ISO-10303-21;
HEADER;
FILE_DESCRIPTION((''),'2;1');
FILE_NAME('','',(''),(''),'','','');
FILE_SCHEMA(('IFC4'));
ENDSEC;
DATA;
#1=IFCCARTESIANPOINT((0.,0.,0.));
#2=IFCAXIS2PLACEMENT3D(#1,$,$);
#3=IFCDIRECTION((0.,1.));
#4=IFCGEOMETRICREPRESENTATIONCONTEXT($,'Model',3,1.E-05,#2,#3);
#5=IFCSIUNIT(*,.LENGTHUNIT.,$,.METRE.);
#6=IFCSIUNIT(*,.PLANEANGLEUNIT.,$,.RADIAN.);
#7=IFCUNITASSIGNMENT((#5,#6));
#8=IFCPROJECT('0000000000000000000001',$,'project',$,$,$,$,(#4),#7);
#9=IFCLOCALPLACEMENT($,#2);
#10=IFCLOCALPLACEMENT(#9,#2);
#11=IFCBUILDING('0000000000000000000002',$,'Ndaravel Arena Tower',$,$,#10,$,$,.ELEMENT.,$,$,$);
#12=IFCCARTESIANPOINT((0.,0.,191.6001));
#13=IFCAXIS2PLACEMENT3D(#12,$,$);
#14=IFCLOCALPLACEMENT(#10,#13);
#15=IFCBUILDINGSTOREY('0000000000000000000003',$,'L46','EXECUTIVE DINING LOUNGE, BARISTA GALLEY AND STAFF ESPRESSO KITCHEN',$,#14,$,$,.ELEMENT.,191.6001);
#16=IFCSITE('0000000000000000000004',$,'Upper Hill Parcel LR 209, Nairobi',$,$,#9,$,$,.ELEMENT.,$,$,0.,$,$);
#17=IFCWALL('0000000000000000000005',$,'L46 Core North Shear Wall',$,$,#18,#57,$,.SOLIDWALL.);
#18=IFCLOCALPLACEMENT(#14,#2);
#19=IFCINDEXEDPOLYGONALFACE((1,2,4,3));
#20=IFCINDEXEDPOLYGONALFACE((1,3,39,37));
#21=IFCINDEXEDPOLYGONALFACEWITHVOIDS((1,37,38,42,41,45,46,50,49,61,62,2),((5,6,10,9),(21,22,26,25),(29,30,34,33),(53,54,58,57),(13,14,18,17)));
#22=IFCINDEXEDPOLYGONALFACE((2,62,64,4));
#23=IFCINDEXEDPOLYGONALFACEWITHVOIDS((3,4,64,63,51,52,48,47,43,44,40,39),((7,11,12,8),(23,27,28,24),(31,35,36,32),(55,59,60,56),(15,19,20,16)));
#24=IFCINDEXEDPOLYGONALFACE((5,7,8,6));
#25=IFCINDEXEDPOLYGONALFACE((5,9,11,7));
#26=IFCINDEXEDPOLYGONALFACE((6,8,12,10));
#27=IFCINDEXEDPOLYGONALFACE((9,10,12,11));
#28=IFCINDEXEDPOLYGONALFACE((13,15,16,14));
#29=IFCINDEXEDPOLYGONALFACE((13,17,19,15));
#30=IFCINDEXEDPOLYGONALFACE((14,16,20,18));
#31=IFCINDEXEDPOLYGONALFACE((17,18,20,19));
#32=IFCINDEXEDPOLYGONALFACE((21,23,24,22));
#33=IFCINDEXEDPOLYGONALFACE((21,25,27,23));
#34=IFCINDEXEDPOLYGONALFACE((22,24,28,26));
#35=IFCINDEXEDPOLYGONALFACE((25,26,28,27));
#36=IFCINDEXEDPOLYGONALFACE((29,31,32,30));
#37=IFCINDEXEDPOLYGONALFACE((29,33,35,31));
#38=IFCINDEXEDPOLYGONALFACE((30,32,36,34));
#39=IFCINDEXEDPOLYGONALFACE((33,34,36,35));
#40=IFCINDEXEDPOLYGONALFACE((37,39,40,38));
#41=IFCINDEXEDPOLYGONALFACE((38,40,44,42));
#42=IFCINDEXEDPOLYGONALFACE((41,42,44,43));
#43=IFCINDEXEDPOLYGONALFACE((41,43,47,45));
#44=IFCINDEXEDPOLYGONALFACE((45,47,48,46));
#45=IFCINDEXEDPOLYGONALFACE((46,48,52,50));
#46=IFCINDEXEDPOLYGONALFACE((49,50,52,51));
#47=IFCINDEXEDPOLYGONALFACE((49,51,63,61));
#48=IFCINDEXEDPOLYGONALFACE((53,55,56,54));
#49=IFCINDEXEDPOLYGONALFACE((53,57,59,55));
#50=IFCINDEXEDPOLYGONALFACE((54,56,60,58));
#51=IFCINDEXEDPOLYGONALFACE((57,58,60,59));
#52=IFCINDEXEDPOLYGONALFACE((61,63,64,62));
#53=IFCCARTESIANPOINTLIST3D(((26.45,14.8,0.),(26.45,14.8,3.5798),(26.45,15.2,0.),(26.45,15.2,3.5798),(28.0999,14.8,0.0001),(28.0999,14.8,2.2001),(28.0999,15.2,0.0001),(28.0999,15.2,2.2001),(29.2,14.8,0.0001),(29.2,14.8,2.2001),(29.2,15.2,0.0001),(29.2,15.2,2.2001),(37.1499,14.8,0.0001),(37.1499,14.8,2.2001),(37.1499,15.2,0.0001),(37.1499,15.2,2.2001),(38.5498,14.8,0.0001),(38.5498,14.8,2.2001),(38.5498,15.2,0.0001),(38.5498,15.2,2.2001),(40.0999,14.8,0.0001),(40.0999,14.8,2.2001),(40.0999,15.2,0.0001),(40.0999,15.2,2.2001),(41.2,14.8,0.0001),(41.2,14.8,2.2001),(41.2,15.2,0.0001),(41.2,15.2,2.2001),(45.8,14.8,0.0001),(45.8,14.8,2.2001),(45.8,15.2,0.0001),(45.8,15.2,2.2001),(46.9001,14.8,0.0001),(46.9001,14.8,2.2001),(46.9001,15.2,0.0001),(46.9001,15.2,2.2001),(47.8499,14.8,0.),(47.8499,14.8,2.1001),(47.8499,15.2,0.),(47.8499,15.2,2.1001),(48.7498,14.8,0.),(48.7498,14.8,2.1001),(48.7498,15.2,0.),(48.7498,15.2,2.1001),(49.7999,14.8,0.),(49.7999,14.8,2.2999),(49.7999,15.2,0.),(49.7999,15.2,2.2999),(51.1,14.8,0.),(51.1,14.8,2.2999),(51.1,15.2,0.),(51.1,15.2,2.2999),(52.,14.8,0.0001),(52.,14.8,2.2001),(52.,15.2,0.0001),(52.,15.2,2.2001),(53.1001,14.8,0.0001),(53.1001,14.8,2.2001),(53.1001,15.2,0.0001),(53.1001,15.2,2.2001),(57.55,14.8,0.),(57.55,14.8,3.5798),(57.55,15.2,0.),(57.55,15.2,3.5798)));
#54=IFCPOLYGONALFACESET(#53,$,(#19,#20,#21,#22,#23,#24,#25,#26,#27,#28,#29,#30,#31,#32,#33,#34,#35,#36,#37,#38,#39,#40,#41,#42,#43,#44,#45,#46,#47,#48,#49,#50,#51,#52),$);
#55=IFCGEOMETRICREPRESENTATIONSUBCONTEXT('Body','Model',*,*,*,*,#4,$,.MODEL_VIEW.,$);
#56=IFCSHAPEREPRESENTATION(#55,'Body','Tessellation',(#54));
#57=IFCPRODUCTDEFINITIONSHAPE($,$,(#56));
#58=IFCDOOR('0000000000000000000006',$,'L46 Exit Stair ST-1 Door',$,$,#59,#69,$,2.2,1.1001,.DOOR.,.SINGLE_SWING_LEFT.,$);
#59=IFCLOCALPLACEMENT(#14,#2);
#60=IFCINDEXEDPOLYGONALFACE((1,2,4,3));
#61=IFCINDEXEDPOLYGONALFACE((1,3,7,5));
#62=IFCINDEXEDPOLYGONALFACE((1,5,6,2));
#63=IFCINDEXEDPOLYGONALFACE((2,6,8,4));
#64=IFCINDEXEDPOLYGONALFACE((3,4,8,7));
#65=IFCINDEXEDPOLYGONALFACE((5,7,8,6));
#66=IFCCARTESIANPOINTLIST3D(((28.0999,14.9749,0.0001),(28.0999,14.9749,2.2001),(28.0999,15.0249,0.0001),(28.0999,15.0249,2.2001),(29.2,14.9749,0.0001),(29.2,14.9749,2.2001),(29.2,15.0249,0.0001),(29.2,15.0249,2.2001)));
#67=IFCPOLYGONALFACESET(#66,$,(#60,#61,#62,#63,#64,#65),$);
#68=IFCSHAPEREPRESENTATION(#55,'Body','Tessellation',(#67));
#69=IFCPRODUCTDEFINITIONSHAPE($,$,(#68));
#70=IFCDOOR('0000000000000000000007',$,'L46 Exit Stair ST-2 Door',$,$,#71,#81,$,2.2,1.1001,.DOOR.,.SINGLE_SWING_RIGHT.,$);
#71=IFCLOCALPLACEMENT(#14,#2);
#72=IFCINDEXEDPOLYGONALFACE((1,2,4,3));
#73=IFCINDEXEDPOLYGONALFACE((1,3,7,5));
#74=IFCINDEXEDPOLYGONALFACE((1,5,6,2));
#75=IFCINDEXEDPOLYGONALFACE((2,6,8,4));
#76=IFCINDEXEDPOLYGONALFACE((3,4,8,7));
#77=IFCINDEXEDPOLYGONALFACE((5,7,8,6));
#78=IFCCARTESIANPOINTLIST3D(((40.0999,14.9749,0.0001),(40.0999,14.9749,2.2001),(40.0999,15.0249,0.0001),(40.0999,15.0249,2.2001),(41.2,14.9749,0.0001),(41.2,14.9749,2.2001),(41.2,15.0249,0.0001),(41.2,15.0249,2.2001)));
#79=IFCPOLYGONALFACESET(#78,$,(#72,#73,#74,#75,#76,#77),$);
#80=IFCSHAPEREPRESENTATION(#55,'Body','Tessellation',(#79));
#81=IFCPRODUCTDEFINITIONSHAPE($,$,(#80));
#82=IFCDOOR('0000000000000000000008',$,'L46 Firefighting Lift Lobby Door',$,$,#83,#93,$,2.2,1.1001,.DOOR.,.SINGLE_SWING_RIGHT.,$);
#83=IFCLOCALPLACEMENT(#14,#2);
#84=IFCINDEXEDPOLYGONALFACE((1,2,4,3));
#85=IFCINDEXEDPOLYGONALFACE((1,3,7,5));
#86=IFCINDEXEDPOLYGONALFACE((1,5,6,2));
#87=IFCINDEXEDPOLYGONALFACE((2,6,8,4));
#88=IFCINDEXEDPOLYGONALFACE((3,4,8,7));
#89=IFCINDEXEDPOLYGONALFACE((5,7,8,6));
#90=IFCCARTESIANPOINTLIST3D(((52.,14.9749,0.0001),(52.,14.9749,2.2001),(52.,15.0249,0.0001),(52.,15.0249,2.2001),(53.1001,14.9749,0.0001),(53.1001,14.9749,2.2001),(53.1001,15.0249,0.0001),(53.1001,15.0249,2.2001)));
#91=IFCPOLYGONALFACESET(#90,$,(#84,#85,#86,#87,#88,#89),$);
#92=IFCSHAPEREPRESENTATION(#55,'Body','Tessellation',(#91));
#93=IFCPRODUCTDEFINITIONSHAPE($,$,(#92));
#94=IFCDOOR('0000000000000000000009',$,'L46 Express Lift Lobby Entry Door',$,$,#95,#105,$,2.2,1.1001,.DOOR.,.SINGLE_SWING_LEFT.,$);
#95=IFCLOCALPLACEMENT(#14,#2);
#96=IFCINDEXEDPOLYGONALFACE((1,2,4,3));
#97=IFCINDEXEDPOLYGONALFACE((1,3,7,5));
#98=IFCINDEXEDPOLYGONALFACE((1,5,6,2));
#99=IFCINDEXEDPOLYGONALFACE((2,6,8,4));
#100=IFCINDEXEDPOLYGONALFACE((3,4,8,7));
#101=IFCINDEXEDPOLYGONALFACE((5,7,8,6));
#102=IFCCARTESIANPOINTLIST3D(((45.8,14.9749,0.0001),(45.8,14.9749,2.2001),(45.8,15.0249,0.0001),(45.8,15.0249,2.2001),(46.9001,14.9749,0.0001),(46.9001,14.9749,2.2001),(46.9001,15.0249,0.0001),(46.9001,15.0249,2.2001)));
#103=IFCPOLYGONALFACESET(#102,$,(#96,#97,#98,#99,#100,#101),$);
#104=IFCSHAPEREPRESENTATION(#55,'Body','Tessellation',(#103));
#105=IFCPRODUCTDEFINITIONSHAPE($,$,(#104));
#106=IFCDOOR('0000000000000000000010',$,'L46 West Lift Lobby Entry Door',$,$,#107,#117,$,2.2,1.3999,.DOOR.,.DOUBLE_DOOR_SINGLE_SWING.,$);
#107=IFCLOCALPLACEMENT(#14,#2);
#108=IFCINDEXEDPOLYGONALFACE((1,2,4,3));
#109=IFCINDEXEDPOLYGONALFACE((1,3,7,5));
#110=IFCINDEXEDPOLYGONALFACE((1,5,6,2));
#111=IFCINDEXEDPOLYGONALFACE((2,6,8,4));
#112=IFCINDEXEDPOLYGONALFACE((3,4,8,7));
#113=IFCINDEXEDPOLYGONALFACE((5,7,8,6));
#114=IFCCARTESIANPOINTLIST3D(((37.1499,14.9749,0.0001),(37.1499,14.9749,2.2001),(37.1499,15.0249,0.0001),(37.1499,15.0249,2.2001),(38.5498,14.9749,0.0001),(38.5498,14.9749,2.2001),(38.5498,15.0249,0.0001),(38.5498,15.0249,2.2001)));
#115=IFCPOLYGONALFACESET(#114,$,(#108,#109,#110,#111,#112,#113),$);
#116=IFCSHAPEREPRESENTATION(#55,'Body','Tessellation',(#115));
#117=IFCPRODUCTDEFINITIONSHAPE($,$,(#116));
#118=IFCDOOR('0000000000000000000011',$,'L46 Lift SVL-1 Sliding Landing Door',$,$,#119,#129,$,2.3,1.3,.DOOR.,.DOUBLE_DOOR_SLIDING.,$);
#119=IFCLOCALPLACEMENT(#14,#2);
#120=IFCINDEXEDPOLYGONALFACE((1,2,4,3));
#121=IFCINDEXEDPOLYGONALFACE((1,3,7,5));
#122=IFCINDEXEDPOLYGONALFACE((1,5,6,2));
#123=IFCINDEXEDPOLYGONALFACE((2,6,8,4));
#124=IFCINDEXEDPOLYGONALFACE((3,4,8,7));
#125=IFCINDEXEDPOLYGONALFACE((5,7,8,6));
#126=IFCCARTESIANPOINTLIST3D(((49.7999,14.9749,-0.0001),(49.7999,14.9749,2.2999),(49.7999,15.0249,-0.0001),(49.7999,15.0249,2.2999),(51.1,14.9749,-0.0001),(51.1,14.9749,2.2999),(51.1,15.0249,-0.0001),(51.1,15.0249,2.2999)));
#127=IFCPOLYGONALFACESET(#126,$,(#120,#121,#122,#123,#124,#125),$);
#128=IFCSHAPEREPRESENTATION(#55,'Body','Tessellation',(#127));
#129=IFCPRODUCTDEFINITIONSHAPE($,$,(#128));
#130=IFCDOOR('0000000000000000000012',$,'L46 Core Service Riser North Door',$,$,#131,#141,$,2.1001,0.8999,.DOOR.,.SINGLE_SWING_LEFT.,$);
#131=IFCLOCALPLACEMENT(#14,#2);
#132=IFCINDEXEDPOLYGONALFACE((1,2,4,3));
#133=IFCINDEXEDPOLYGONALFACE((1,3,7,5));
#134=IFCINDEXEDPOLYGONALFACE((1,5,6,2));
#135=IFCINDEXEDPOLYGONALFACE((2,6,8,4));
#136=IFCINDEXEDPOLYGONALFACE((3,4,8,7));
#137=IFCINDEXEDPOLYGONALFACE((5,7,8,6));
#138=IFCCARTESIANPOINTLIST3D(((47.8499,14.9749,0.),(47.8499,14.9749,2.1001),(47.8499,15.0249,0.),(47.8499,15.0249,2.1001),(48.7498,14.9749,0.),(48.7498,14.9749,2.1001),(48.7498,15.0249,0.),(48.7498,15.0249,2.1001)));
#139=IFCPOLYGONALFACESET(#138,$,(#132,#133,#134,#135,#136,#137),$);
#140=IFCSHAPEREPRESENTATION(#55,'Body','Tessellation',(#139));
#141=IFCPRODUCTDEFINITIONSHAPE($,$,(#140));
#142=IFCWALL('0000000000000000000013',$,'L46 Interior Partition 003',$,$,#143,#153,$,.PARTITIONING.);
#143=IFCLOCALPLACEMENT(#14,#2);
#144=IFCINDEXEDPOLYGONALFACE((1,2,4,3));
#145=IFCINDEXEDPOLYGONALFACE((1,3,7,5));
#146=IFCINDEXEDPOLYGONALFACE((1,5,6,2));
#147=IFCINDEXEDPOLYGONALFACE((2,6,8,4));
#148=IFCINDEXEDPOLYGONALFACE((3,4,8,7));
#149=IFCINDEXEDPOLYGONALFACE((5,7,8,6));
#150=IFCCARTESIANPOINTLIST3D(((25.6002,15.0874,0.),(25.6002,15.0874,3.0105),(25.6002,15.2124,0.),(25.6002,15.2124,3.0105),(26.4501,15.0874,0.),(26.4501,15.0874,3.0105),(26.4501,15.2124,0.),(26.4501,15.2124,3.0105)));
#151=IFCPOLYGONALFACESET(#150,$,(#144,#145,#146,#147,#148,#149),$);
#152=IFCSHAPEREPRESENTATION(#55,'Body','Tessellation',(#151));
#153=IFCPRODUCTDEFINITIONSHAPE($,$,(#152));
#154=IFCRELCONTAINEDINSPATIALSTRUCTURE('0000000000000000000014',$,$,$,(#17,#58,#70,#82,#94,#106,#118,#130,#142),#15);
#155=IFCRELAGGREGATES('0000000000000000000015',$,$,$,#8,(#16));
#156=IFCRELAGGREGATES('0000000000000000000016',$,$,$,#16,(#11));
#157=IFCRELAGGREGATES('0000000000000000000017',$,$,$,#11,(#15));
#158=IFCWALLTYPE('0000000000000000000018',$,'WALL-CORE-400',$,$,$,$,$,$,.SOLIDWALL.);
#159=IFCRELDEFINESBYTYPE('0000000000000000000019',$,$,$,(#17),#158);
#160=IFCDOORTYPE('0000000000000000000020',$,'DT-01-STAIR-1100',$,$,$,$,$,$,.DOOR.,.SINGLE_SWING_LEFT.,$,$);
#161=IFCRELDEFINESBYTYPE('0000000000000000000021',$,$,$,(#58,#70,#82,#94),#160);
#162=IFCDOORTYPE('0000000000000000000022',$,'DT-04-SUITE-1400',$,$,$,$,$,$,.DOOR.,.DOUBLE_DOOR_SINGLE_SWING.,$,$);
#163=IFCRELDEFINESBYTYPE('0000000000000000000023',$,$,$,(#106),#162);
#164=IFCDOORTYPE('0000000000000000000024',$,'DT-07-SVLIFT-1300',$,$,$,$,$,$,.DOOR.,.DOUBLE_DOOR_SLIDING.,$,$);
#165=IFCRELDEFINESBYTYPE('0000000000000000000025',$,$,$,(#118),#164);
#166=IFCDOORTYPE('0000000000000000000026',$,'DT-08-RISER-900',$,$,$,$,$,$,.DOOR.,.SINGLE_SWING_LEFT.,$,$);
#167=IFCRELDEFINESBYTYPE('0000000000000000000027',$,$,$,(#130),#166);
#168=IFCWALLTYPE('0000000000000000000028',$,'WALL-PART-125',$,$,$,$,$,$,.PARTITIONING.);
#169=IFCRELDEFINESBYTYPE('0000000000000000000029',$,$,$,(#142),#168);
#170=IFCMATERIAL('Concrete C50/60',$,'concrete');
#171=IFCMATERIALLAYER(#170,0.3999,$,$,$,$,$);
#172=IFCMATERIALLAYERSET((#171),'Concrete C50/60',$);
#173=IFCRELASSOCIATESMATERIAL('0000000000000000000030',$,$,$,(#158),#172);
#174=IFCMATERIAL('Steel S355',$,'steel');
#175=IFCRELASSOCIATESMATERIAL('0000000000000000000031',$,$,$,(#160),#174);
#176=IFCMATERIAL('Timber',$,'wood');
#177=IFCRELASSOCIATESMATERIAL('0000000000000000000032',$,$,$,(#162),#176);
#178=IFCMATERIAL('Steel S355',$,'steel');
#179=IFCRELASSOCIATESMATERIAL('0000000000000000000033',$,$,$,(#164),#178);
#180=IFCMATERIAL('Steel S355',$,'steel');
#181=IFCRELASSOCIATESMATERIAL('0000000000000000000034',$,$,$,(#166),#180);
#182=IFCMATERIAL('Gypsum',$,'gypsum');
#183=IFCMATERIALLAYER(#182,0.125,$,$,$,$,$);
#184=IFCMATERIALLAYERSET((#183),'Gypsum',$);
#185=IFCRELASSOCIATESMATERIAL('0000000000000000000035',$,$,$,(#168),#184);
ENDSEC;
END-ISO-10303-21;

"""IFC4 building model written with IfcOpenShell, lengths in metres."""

from ifc_helpers import new_model, si_unit, direction, frame, frame_2d, origin, place, context, subcontext, project, spatial, rectangle, extrude, material, layer, layer_set, type_object, element, fill, save


model = new_model("IFC4")

# Units and contexts
model_context = context("Model", 3, precision=1e-05, world=origin(), true_north=direction((0.0, 1.0)))
body_context = subcontext(model_context, "Body", "Model", "MODEL_VIEW")
ifc_project = project(units=[si_unit("LENGTHUNIT", "METRE"), si_unit("PLANEANGLEUNIT", "RADIAN")], contexts=[model_context])

# Site, building, storey
site_placement = place(None, origin())
site = spatial("IfcSite", under=ifc_project, at=site_placement, Name="Upper Hill Parcel LR 209, Nairobi", CompositionType="ELEMENT", RefElevation=0.0)
building_placement = place(site_placement, origin())
building = spatial("IfcBuilding", under=site, at=building_placement, Name="Ndaravel Arena Tower", CompositionType="ELEMENT")
storey_placement = place(building_placement, frame((0.0, 0.0, 191.6001)))
storey = spatial("IfcBuildingStorey", under=building, at=storey_placement, Name="L46", Description="EXECUTIVE DINING LOUNGE, BARISTA GALLEY AND STAFF ESPRESSO KITCHEN", CompositionType="ELEMENT", Elevation=191.6001)

# Wall, openings, doors
ifc_material_1 = material(Name="Concrete C50/60", Category="concrete")
ifc_layer_1 = layer(ifc_material_1, 0.3999)
ifc_layer_set_1 = layer_set([ifc_layer_1], Name="Concrete C50/60")
wall_type_1 = type_object("IfcWallType", Name="WALL-CORE-400", PredefinedType="SOLIDWALL", material=ifc_layer_set_1)
wall_1_placement = place(storey_placement, frame((26.45, 15.0, 0.0), z_axis=(0.0, 0.0, 1.0), x_axis=(1.0, 0.0, 0.0)))
wall_1 = element("IfcWall", 1, at=wall_1_placement, inside=storey, type_object=wall_type_1, Name="L46 Core North Shear Wall", PredefinedType="SOLIDWALL", context=body_context, shape_type="SweptSolid", body=[
    extrude(rectangle(XDim=31.1001, YDim=0.3999, at=frame_2d((15.55, 0.0))), origin(), (0.0, 0.0, 1.0), 3.5798),
])
opening_1_placement = place(wall_1_placement, frame((1.6499, 0.0, 0.0)))
opening_1 = element("IfcOpeningElement", 2, at=opening_1_placement, cuts=wall_1, PredefinedType="OPENING", context=body_context, shape_type="SweptSolid", body=[
    extrude(rectangle(XDim=1.1001, YDim=2.2, at=frame_2d((0.55, 1.1001))), frame((0.0, 0.2, 0.0), z_axis=(0.0, -1.0, 0.0), x_axis=(1.0, 0.0, 0.0)), (0.0, 0.0, 1.0), 0.3999),
])
opening_2_placement = place(wall_1_placement, frame((13.6499, 0.0, 0.0)))
opening_2 = element("IfcOpeningElement", 3, at=opening_2_placement, cuts=wall_1, PredefinedType="OPENING", context=body_context, shape_type="SweptSolid", body=[
    extrude(rectangle(XDim=1.1001, YDim=2.2, at=frame_2d((0.55, 1.1001))), frame((0.0, 0.2, 0.0), z_axis=(0.0, -1.0, 0.0), x_axis=(1.0, 0.0, 0.0)), (0.0, 0.0, 1.0), 0.3999),
])
opening_3_placement = place(wall_1_placement, frame((25.55, 0.0, 0.0)))
opening_3 = element("IfcOpeningElement", 4, at=opening_3_placement, cuts=wall_1, PredefinedType="OPENING", context=body_context, shape_type="SweptSolid", body=[
    extrude(rectangle(XDim=1.1001, YDim=2.2, at=frame_2d((0.55, 1.1001))), frame((0.0, 0.2, 0.0), z_axis=(0.0, -1.0, 0.0), x_axis=(1.0, 0.0, 0.0)), (0.0, 0.0, 1.0), 0.3999),
])
opening_4_placement = place(wall_1_placement, frame((10.7, 0.0, 0.0)))
opening_4 = element("IfcOpeningElement", 5, at=opening_4_placement, cuts=wall_1, PredefinedType="OPENING", context=body_context, shape_type="SweptSolid", body=[
    extrude(rectangle(XDim=1.3999, YDim=2.2, at=frame_2d((0.7, 1.1001))), frame((0.0, 0.2, 0.0), z_axis=(0.0, -1.0, 0.0), x_axis=(1.0, 0.0, 0.0)), (0.0, 0.0, 1.0), 0.3999),
])
opening_5_placement = place(wall_1_placement, frame((19.3501, 0.0, 0.0)))
opening_5 = element("IfcOpeningElement", 6, at=opening_5_placement, cuts=wall_1, PredefinedType="OPENING", context=body_context, shape_type="SweptSolid", body=[
    extrude(rectangle(XDim=1.1001, YDim=2.2, at=frame_2d((0.55, 1.1001))), frame((0.0, 0.2, 0.0), z_axis=(0.0, -1.0, 0.0), x_axis=(1.0, 0.0, 0.0)), (0.0, 0.0, 1.0), 0.3999),
])
opening_6_placement = place(wall_1_placement, frame((21.3999, 0.0, 0.0)))
opening_6 = element("IfcOpeningElement", 7, at=opening_6_placement, cuts=wall_1, PredefinedType="OPENING", context=body_context, shape_type="SweptSolid", body=[
    extrude(rectangle(XDim=0.8999, YDim=2.1001, at=frame_2d((0.45, 1.05))), frame((0.0, 0.2, 0.0), z_axis=(0.0, -1.0, 0.0), x_axis=(1.0, 0.0, 0.0)), (0.0, 0.0, 1.0), 0.3999),
])
opening_7_placement = place(wall_1_placement, frame((23.3501, 0.0, 0.0)))
opening_7 = element("IfcOpeningElement", 8, at=opening_7_placement, cuts=wall_1, PredefinedType="OPENING", context=body_context, shape_type="SweptSolid", body=[
    extrude(rectangle(XDim=1.3, YDim=2.3, at=frame_2d((0.6499, 1.1499))), frame((0.0, 0.2, 0.0), z_axis=(0.0, -1.0, 0.0), x_axis=(1.0, 0.0, 0.0)), (0.0, 0.0, 1.0), 0.3999),
])
ifc_material_2 = material(Name="Steel S355", Category="steel")
door_type_1 = type_object("IfcDoorType", Name="DT-01-STAIR-1100", OperationType="SINGLE_SWING_LEFT", PredefinedType="DOOR", material=ifc_material_2)
door_1_placement = place(opening_1_placement, origin())
door_1 = element("IfcDoor", 9, at=door_1_placement, inside=storey, type_object=door_type_1, Name="L46 Exit Stair ST-1 Door", OperationType="SINGLE_SWING_LEFT", OverallHeight=2.2, OverallWidth=1.1001, PredefinedType="DOOR", context=body_context, shape_type="SweptSolid", body=[
    extrude(rectangle(XDim=1.1001, YDim=2.2, at=frame_2d((0.55, 1.1001))), frame((0.0, 0.0249, 0.0), z_axis=(0.0, -1.0, 0.0), x_axis=(1.0, 0.0, 0.0)), (0.0, 0.0, 1.0), 0.05),
])
fill(opening_1, door_1)
door_2_placement = place(opening_2_placement, origin())
door_2 = element("IfcDoor", 10, at=door_2_placement, inside=storey, type_object=door_type_1, Name="L46 Exit Stair ST-2 Door", OperationType="SINGLE_SWING_RIGHT", OverallHeight=2.2, OverallWidth=1.1001, PredefinedType="DOOR", context=body_context, shape_type="SweptSolid", body=[
    extrude(rectangle(XDim=1.1001, YDim=2.2, at=frame_2d((0.55, 1.1001))), frame((0.0, 0.0249, 0.0), z_axis=(0.0, -1.0, 0.0), x_axis=(1.0, 0.0, 0.0)), (0.0, 0.0, 1.0), 0.05),
])
fill(opening_2, door_2)
door_3_placement = place(opening_3_placement, origin())
door_3 = element("IfcDoor", 11, at=door_3_placement, inside=storey, type_object=door_type_1, Name="L46 Firefighting Lift Lobby Door", OperationType="SINGLE_SWING_RIGHT", OverallHeight=2.2, OverallWidth=1.1001, PredefinedType="DOOR", context=body_context, shape_type="SweptSolid", body=[
    extrude(rectangle(XDim=1.1001, YDim=2.2, at=frame_2d((0.55, 1.1001))), frame((0.0, 0.0249, 0.0), z_axis=(0.0, -1.0, 0.0), x_axis=(1.0, 0.0, 0.0)), (0.0, 0.0, 1.0), 0.05),
])
fill(opening_3, door_3)
door_4_placement = place(opening_5_placement, origin())
door_4 = element("IfcDoor", 12, at=door_4_placement, inside=storey, type_object=door_type_1, Name="L46 Express Lift Lobby Entry Door", OperationType="SINGLE_SWING_LEFT", OverallHeight=2.2, OverallWidth=1.1001, PredefinedType="DOOR", context=body_context, shape_type="SweptSolid", body=[
    extrude(rectangle(XDim=1.1001, YDim=2.2, at=frame_2d((0.55, 1.1001))), frame((0.0, 0.0249, 0.0), z_axis=(0.0, -1.0, 0.0), x_axis=(1.0, 0.0, 0.0)), (0.0, 0.0, 1.0), 0.05),
])
fill(opening_5, door_4)
ifc_material_3 = material(Name="Timber", Category="wood")
door_type_2 = type_object("IfcDoorType", Name="DT-04-SUITE-1400", OperationType="DOUBLE_DOOR_SINGLE_SWING", PredefinedType="DOOR", material=ifc_material_3)
door_5_placement = place(opening_4_placement, origin())
door_5 = element("IfcDoor", 13, at=door_5_placement, inside=storey, type_object=door_type_2, Name="L46 West Lift Lobby Entry Door", OperationType="DOUBLE_DOOR_SINGLE_SWING", OverallHeight=2.2, OverallWidth=1.3999, PredefinedType="DOOR", context=body_context, shape_type="SweptSolid", body=[
    extrude(rectangle(XDim=1.3999, YDim=2.2, at=frame_2d((0.7, 1.1001))), frame((0.0, 0.0249, 0.0), z_axis=(0.0, -1.0, 0.0), x_axis=(1.0, 0.0, 0.0)), (0.0, 0.0, 1.0), 0.05),
])
fill(opening_4, door_5)
ifc_material_4 = material(Name="Steel S355", Category="steel")
door_type_3 = type_object("IfcDoorType", Name="DT-07-SVLIFT-1300", OperationType="DOUBLE_DOOR_SLIDING", PredefinedType="DOOR", material=ifc_material_4)
door_6_placement = place(opening_7_placement, origin())
door_6 = element("IfcDoor", 14, at=door_6_placement, inside=storey, type_object=door_type_3, Name="L46 Lift SVL-1 Sliding Landing Door", OperationType="DOUBLE_DOOR_SLIDING", OverallHeight=2.3, OverallWidth=1.3, PredefinedType="DOOR", context=body_context, shape_type="SweptSolid", body=[
    extrude(rectangle(XDim=1.3, YDim=2.3, at=frame_2d((0.6499, 1.1499))), frame((0.0, 0.0249, 0.0), z_axis=(0.0, -1.0, 0.0), x_axis=(1.0, 0.0, 0.0)), (0.0, 0.0, 1.0), 0.05),
])
fill(opening_7, door_6)
ifc_material_5 = material(Name="Steel S355", Category="steel")
door_type_4 = type_object("IfcDoorType", Name="DT-08-RISER-900", OperationType="SINGLE_SWING_LEFT", PredefinedType="DOOR", material=ifc_material_5)
door_7_placement = place(opening_6_placement, origin())
door_7 = element("IfcDoor", 15, at=door_7_placement, inside=storey, type_object=door_type_4, Name="L46 Core Service Riser North Door", OperationType="SINGLE_SWING_LEFT", OverallHeight=2.1001, OverallWidth=0.8999, PredefinedType="DOOR", context=body_context, shape_type="SweptSolid", body=[
    extrude(rectangle(XDim=0.8999, YDim=2.1001, at=frame_2d((0.45, 1.05))), frame((0.0, 0.0249, 0.0), z_axis=(0.0, -1.0, 0.0), x_axis=(1.0, 0.0, 0.0)), (0.0, 0.0, 1.0), 0.05),
])
fill(opening_6, door_7)

# Wall
ifc_material_6 = material(Name="Gypsum", Category="gypsum")
ifc_layer_2 = layer(ifc_material_6, 0.125)
ifc_layer_set_2 = layer_set([ifc_layer_2], Name="Gypsum")
wall_type_2 = type_object("IfcWallType", Name="WALL-PART-125", PredefinedType="PARTITIONING", material=ifc_layer_set_2)
wall_2_placement = place(storey_placement, frame((26.45, 15.1499, 0.0), z_axis=(0.0, 0.0, 1.0), x_axis=(-1.0, 0.0, 0.0)))
element("IfcWall", 16, at=wall_2_placement, inside=storey, type_object=wall_type_2, Name="L46 Interior Partition 003", PredefinedType="PARTITIONING", context=body_context, shape_type="SweptSolid", body=[
    extrude(rectangle(XDim=0.8499, YDim=0.125, at=frame_2d((0.4248, 0.0))), origin(), (0.0, 0.0, 1.0), 3.0105),
])

save(model, "model.ifc")
